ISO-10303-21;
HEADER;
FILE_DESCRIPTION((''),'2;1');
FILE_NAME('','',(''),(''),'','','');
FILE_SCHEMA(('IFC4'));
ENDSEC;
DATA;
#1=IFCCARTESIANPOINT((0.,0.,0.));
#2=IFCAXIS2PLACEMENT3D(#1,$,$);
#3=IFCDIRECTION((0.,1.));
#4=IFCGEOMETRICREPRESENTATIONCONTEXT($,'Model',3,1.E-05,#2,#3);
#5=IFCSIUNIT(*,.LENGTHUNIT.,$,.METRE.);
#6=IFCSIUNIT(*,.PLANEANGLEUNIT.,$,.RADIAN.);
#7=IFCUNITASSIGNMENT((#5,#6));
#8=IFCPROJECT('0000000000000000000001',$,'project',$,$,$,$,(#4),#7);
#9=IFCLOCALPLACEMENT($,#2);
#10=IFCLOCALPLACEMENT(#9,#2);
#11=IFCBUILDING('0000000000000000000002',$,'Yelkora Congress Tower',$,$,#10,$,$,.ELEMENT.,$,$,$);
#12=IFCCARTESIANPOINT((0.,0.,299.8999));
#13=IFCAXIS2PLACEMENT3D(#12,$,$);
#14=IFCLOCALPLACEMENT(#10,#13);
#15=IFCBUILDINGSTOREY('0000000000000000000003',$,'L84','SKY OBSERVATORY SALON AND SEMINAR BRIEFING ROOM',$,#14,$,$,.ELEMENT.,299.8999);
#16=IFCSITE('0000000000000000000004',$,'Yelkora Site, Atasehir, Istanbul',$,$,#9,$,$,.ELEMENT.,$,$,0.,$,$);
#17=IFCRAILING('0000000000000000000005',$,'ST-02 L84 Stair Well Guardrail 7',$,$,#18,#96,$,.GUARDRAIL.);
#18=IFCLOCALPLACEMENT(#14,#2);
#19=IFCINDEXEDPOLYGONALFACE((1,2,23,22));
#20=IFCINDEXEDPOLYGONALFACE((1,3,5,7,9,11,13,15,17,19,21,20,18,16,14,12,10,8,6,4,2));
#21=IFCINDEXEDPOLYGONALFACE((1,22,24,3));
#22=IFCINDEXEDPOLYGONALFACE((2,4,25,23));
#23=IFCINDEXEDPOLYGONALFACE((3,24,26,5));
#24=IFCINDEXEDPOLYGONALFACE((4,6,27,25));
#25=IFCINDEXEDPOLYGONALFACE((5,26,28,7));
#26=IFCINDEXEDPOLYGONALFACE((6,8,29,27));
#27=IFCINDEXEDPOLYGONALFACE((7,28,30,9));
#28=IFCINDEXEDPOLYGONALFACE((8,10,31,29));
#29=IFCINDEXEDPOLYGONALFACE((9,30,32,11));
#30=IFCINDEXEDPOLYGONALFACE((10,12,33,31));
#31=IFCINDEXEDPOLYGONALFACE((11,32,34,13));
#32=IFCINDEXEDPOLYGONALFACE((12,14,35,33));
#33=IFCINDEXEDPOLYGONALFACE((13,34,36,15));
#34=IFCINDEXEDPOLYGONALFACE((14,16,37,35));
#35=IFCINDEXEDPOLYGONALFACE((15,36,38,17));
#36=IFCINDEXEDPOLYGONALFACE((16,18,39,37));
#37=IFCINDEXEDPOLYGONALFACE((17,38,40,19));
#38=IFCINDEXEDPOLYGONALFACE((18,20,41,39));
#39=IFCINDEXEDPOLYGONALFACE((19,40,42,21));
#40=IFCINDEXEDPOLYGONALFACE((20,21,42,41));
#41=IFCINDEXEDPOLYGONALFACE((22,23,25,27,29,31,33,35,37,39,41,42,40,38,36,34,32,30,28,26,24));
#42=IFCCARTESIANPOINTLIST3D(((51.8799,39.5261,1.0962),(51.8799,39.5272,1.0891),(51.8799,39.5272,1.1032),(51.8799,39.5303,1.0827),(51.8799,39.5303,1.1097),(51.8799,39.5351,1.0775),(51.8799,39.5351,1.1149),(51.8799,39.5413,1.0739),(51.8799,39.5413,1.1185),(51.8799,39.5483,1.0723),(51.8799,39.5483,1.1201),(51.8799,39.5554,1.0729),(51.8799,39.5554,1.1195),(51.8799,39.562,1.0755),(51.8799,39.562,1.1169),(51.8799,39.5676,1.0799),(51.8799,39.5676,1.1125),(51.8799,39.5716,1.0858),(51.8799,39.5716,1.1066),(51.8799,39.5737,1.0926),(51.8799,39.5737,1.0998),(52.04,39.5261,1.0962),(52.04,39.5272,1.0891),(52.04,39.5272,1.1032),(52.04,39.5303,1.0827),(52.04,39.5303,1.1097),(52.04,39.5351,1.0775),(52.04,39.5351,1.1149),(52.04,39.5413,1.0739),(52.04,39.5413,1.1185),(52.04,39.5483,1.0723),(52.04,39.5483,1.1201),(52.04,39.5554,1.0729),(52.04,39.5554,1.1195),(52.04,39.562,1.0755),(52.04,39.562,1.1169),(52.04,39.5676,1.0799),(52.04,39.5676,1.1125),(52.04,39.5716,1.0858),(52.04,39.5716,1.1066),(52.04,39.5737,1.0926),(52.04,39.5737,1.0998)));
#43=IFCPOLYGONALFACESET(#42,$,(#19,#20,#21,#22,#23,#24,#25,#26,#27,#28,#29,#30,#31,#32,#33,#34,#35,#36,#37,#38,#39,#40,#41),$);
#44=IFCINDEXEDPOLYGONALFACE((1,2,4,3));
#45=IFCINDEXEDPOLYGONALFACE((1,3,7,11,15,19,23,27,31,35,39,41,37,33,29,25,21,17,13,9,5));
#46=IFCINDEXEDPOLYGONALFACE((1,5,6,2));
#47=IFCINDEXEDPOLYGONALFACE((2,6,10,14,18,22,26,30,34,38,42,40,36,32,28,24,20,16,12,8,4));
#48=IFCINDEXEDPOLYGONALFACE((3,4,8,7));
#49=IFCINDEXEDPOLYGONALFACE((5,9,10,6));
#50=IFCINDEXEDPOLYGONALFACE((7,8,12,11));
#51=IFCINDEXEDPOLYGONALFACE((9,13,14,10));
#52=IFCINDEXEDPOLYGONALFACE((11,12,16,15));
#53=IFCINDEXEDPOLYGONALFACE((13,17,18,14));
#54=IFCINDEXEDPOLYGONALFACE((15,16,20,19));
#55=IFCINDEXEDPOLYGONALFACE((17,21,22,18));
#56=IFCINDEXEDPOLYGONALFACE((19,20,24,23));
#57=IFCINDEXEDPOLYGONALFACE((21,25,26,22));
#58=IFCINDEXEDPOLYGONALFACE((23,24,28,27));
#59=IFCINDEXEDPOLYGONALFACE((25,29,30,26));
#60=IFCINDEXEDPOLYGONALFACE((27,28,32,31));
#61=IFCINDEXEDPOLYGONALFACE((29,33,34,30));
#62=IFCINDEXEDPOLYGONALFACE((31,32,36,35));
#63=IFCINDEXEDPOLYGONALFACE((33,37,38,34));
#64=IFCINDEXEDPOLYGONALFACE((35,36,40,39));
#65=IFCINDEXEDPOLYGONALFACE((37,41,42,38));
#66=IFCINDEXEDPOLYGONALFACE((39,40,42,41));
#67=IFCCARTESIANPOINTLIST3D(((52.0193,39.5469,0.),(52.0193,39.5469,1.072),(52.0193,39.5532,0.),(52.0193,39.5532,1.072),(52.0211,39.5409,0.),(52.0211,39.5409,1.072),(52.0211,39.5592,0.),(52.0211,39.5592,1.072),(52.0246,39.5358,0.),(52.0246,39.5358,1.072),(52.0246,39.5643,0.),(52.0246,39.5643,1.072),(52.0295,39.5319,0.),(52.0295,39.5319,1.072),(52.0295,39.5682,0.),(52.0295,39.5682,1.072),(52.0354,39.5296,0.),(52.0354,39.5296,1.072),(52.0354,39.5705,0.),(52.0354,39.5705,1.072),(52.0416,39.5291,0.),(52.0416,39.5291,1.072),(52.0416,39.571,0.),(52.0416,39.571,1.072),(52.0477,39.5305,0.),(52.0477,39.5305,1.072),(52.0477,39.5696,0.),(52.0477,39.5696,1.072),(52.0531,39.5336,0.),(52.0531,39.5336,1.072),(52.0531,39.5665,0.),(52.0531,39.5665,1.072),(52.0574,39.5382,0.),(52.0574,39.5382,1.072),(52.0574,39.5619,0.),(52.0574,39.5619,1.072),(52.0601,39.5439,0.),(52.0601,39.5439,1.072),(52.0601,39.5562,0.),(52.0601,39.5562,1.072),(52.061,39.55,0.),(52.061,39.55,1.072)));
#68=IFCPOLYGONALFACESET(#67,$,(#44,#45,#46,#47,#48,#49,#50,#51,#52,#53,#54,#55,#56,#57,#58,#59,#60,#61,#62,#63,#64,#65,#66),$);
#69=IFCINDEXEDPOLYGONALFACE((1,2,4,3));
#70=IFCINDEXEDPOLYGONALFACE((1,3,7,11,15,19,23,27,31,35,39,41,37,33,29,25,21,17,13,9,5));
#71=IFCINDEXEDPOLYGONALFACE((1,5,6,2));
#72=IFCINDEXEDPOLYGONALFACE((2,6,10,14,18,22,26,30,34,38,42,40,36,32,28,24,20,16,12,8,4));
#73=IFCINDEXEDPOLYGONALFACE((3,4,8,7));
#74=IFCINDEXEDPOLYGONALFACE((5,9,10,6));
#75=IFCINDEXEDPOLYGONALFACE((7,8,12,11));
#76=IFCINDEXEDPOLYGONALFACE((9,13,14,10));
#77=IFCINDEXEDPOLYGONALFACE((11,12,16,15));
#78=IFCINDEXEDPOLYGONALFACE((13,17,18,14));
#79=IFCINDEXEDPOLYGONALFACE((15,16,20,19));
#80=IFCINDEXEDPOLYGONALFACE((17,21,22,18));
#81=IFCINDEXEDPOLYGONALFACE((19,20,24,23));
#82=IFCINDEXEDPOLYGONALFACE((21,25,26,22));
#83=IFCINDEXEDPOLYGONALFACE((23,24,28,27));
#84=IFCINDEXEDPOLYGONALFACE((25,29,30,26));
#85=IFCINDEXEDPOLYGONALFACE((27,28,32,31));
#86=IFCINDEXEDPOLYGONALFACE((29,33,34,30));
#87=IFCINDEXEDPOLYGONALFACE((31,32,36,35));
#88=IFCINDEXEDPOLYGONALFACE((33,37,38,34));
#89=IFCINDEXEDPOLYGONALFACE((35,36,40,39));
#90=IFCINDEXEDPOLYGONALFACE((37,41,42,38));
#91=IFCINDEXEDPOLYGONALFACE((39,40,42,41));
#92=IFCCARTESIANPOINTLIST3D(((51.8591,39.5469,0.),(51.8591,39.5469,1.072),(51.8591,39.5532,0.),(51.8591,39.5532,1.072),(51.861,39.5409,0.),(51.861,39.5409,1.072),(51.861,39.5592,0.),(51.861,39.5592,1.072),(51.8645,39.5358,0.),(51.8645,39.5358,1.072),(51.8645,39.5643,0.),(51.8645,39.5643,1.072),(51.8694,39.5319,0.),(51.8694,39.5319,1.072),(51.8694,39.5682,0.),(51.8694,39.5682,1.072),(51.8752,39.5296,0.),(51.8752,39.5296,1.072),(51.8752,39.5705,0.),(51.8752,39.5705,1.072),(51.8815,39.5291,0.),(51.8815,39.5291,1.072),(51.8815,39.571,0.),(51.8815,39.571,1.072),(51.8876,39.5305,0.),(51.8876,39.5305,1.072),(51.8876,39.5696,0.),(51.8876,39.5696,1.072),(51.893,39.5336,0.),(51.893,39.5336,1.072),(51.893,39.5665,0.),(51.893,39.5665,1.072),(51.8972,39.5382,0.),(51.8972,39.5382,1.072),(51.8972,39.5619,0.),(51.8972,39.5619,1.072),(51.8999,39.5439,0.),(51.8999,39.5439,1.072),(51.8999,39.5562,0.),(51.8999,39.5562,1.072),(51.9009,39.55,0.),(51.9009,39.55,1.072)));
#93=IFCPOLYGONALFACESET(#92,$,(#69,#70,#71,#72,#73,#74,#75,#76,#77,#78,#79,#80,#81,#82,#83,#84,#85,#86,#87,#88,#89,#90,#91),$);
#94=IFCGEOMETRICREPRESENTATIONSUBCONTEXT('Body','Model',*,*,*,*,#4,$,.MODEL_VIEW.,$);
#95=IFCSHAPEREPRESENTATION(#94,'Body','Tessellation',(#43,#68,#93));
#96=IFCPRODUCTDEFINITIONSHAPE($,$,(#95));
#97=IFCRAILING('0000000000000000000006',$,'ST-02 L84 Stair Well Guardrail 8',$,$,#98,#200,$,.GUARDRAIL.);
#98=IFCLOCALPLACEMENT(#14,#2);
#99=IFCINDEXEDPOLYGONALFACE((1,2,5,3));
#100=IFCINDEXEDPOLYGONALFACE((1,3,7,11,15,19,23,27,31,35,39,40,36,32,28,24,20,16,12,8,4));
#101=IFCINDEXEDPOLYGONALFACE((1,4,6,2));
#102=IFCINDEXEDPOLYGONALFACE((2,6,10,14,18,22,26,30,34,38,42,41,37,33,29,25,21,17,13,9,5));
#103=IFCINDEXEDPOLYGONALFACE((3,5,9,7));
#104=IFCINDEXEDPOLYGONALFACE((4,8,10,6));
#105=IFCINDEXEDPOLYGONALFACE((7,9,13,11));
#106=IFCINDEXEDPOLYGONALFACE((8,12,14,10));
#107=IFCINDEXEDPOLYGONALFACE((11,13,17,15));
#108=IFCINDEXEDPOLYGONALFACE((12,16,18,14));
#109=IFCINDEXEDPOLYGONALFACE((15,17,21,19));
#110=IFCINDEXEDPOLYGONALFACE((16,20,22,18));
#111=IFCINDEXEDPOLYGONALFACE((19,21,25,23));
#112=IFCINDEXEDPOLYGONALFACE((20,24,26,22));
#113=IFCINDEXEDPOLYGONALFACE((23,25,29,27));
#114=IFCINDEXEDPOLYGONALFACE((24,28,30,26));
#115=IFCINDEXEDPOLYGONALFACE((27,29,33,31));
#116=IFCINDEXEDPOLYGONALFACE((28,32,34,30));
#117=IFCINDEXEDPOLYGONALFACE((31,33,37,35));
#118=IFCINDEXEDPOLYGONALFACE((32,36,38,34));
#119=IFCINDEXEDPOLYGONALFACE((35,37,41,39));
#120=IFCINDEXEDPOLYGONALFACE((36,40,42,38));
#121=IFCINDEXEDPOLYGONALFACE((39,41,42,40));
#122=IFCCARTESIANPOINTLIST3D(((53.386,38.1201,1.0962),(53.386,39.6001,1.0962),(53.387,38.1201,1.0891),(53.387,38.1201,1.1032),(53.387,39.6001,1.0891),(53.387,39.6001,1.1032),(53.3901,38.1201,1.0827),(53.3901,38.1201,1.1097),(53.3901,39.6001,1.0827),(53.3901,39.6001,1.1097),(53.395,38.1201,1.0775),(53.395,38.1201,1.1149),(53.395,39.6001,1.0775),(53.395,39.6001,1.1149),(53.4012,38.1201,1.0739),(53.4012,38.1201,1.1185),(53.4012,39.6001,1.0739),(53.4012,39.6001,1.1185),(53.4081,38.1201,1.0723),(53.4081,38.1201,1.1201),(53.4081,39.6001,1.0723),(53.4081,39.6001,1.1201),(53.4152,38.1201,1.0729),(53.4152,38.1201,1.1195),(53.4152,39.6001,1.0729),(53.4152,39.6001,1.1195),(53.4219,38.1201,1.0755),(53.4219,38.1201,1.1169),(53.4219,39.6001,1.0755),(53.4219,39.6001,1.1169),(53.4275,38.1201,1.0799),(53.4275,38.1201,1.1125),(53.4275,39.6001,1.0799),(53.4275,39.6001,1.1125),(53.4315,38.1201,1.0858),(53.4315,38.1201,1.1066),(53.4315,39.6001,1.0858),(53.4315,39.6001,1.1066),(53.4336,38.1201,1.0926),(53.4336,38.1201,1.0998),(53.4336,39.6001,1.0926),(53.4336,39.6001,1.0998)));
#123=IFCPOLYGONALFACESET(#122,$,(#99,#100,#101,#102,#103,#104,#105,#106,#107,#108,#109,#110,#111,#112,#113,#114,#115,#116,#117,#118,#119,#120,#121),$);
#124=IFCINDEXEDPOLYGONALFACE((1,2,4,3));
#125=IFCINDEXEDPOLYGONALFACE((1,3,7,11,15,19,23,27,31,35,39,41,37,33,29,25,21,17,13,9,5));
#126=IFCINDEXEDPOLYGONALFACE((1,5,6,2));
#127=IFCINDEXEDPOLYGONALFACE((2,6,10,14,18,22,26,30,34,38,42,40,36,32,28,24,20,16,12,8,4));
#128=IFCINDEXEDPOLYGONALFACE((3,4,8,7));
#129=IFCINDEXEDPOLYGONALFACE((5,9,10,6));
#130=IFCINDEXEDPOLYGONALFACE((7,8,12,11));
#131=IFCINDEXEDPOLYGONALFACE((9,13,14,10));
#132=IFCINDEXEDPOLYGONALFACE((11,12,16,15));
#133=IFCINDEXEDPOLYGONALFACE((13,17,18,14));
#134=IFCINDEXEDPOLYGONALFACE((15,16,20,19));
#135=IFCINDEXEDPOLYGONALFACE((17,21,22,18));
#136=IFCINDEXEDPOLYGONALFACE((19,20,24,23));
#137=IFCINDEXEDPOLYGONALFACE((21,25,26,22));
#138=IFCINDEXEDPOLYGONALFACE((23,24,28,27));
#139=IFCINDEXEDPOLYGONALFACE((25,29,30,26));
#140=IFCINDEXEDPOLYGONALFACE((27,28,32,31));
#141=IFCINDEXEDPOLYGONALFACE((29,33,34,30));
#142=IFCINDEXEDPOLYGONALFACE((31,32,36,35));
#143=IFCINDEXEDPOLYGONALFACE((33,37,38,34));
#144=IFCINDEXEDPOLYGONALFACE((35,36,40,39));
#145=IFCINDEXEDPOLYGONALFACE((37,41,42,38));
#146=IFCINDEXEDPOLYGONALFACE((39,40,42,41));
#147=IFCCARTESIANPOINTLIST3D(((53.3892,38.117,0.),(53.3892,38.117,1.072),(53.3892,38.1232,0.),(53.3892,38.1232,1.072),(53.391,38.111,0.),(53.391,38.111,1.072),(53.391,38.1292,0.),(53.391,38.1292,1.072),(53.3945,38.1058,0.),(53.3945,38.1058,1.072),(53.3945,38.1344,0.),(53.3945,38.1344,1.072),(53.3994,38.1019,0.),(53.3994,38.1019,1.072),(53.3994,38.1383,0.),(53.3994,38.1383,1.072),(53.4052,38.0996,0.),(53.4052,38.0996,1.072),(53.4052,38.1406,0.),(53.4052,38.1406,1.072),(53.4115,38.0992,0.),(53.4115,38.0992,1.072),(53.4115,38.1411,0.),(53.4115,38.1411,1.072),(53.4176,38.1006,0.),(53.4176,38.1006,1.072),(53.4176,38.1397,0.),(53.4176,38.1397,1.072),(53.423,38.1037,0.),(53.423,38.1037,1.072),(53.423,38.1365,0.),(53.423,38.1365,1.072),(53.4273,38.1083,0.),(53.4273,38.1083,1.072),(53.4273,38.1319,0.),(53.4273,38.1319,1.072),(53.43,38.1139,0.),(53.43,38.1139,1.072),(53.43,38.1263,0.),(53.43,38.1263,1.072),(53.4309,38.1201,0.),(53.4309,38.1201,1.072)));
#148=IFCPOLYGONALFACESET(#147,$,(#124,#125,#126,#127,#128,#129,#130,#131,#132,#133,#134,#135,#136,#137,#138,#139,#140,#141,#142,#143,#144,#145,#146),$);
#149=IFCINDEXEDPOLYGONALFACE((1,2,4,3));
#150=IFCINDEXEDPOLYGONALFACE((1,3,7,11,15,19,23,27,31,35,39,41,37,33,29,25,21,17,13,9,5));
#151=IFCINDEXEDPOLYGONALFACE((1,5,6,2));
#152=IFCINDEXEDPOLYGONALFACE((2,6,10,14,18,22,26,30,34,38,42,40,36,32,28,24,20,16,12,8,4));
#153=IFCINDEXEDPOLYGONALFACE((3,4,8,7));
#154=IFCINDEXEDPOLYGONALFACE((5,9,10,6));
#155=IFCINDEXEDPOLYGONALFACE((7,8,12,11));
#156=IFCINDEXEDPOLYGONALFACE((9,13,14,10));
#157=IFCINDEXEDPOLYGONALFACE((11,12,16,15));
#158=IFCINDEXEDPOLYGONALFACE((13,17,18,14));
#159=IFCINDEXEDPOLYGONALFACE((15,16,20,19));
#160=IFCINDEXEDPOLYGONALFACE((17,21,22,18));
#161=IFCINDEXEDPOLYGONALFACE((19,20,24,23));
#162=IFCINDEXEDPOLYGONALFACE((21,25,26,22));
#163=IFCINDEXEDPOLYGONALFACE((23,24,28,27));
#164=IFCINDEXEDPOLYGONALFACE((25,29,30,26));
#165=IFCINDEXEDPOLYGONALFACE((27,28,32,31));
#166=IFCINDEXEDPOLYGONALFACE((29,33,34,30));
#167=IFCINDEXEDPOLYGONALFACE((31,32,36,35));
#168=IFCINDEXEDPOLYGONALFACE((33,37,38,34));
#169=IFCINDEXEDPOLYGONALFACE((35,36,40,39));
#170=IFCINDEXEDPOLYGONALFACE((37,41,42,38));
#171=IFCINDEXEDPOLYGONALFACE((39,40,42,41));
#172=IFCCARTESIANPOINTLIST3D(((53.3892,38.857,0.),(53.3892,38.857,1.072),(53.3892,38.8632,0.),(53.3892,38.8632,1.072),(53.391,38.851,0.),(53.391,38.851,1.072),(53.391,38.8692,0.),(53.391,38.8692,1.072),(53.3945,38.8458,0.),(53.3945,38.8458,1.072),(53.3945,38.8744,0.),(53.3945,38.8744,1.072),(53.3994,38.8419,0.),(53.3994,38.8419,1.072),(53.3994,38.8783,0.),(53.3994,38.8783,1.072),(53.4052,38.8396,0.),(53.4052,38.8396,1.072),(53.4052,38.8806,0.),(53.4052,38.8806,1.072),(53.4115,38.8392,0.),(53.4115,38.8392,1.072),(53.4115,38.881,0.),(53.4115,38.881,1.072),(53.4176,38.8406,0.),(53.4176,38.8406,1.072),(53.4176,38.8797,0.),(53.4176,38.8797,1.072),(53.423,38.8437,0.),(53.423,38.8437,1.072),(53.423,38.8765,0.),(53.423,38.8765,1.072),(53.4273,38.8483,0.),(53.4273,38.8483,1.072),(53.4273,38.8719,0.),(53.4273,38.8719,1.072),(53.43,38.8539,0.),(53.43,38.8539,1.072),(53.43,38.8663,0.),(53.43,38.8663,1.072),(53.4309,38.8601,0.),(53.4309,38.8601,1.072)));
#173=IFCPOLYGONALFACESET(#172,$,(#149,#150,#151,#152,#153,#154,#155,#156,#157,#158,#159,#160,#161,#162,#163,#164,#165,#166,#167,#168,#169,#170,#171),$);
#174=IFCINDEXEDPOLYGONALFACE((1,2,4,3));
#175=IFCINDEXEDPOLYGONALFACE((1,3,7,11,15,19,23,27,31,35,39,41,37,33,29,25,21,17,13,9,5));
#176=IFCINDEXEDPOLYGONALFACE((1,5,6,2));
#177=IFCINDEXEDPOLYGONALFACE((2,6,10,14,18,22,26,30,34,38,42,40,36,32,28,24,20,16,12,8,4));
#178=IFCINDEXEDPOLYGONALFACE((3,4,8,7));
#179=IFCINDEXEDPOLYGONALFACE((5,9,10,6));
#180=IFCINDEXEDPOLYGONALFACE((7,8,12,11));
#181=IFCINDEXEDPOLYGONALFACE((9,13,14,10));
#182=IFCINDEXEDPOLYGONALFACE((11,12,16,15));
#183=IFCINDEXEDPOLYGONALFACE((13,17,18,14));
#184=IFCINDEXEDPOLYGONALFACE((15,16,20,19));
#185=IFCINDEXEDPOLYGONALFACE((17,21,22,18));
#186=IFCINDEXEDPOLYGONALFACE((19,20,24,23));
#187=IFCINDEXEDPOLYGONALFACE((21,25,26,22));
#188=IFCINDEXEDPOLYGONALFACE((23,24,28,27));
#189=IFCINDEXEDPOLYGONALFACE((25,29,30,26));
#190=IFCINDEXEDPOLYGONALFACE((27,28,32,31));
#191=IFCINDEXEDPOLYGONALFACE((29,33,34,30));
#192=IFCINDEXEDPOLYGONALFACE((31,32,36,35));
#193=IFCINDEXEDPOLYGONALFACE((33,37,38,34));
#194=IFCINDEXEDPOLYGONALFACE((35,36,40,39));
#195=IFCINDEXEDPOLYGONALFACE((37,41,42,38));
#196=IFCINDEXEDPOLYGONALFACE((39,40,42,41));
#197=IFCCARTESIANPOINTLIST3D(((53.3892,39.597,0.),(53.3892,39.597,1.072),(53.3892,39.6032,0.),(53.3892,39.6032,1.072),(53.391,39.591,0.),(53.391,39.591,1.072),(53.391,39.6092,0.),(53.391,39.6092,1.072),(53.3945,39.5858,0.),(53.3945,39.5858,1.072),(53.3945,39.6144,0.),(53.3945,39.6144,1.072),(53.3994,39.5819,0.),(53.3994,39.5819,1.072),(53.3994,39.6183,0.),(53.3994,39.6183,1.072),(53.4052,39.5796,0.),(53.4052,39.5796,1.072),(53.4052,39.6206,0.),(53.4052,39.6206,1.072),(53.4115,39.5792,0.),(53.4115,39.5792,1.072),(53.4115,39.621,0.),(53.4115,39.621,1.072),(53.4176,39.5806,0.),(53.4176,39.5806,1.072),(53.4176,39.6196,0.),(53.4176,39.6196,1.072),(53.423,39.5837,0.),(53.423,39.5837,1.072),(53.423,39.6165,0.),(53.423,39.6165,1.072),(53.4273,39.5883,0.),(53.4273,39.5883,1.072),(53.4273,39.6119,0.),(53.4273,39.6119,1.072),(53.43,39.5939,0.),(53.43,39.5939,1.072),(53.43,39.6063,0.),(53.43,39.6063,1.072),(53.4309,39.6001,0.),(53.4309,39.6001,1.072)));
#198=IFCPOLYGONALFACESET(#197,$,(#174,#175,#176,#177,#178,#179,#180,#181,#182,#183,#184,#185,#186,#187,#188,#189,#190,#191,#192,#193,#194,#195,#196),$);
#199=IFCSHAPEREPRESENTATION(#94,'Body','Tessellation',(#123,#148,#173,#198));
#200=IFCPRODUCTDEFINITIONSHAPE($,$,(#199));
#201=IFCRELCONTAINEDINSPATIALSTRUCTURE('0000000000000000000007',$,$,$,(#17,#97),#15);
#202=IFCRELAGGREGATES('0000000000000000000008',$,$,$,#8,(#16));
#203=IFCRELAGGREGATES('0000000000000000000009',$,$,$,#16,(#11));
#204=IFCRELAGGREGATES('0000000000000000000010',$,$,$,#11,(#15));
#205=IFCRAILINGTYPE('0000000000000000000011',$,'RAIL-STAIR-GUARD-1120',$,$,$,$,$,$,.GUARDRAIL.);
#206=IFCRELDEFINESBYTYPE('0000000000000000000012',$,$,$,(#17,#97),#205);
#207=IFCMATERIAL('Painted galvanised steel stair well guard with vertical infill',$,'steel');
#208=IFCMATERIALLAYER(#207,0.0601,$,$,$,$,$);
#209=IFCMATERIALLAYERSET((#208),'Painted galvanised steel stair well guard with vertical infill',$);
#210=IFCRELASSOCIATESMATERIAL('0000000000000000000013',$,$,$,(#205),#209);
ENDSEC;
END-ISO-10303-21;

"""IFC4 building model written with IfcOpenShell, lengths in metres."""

from ifc_helpers import new_model, si_unit, direction, frame, origin, origin_2d, place, context, subcontext, project, spatial, circle, extrude, material, layer, layer_set, type_object, element, save


model = new_model("IFC4")

# Units and contexts
model_context = context("Model", 3, precision=1e-05, world=origin(), true_north=direction((0.0, 1.0)))
body_context = subcontext(model_context, "Body", "Model", "MODEL_VIEW")
ifc_project = project(units=[si_unit("LENGTHUNIT", "METRE"), si_unit("PLANEANGLEUNIT", "RADIAN")], contexts=[model_context])

# Site, building, storey
site_placement = place(None, origin())
site = spatial("IfcSite", under=ifc_project, at=site_placement, Name="Yelkora Site, Atasehir, Istanbul", CompositionType="ELEMENT", RefElevation=0.0)
building_placement = place(site_placement, origin())
building = spatial("IfcBuilding", under=site, at=building_placement, Name="Yelkora Congress Tower", CompositionType="ELEMENT")
storey_placement = place(building_placement, frame((0.0, 0.0, 299.8999)))
storey = spatial("IfcBuildingStorey", under=building, at=storey_placement, Name="L84", Description="SKY OBSERVATORY SALON AND SEMINAR BRIEFING ROOM", CompositionType="ELEMENT", Elevation=299.8999)

# Railings
ifc_material_1 = material(Name="Painted galvanised steel stair well guard with vertical infill", Category="steel")
ifc_layer_1 = layer(ifc_material_1, 0.0601)
ifc_layer_set_1 = layer_set([ifc_layer_1], Name="Painted galvanised steel stair well guard with vertical infill")
railing_type_1 = type_object("IfcRailingType", Name="RAIL-STAIR-GUARD-1120", PredefinedType="GUARDRAIL", material=ifc_layer_set_1)
railing_1_placement = place(storey_placement, frame((52.04, 39.55, 0.0)))
element("IfcRailing", 1, at=railing_1_placement, inside=storey, type_object=railing_type_1, Name="ST-02 L84 Stair Well Guardrail 7", PredefinedType="GUARDRAIL", context=body_context, shape_type="SweptSolid", body=[
    extrude(circle(Radius=0.0239, at=origin_2d()), frame((0.0, 0.0, 1.0962), z_axis=(-1.0, 0.0, 0.0), x_axis=(0.0, -1.0, 0.0)), (0.0, 0.0, 1.0), 0.1602),
    extrude(circle(Radius=0.021, at=origin_2d()), origin(), (0.0, 0.0, 1.0), 1.072),
    extrude(circle(Radius=0.021, at=origin_2d()), frame((-0.1602, 0.0, 0.0)), (0.0, 0.0, 1.0), 1.072),
])
for number, where, name in (
    (2, (53.4099, 38.1201, 0.0), "ST-02 L84 Stair Well Guardrail 8"),
):
    element("IfcRailing", number, at=place(storey_placement, frame(where)), inside=storey, type_object=railing_type_1, Name=name, PredefinedType="GUARDRAIL", context=body_context, shape_type="SweptSolid", body=[
        extrude(circle(Radius=0.0239, at=origin_2d()), frame((0.0, 0.0, 1.0962), z_axis=(0.0, 1.0, 0.0), x_axis=(-1.0, 0.0, 0.0)), (0.0, 0.0, 1.0), 1.48),
        extrude(circle(Radius=0.021, at=origin_2d()), origin(), (0.0, 0.0, 1.0), 1.072),
        extrude(circle(Radius=0.021, at=origin_2d()), frame((0.0, 0.74, 0.0)), (0.0, 0.0, 1.0), 1.072),
        extrude(circle(Radius=0.021, at=origin_2d()), frame((0.0, 1.48, 0.0)), (0.0, 0.0, 1.0), 1.072),
    ])

save(model, "model.ifc")
